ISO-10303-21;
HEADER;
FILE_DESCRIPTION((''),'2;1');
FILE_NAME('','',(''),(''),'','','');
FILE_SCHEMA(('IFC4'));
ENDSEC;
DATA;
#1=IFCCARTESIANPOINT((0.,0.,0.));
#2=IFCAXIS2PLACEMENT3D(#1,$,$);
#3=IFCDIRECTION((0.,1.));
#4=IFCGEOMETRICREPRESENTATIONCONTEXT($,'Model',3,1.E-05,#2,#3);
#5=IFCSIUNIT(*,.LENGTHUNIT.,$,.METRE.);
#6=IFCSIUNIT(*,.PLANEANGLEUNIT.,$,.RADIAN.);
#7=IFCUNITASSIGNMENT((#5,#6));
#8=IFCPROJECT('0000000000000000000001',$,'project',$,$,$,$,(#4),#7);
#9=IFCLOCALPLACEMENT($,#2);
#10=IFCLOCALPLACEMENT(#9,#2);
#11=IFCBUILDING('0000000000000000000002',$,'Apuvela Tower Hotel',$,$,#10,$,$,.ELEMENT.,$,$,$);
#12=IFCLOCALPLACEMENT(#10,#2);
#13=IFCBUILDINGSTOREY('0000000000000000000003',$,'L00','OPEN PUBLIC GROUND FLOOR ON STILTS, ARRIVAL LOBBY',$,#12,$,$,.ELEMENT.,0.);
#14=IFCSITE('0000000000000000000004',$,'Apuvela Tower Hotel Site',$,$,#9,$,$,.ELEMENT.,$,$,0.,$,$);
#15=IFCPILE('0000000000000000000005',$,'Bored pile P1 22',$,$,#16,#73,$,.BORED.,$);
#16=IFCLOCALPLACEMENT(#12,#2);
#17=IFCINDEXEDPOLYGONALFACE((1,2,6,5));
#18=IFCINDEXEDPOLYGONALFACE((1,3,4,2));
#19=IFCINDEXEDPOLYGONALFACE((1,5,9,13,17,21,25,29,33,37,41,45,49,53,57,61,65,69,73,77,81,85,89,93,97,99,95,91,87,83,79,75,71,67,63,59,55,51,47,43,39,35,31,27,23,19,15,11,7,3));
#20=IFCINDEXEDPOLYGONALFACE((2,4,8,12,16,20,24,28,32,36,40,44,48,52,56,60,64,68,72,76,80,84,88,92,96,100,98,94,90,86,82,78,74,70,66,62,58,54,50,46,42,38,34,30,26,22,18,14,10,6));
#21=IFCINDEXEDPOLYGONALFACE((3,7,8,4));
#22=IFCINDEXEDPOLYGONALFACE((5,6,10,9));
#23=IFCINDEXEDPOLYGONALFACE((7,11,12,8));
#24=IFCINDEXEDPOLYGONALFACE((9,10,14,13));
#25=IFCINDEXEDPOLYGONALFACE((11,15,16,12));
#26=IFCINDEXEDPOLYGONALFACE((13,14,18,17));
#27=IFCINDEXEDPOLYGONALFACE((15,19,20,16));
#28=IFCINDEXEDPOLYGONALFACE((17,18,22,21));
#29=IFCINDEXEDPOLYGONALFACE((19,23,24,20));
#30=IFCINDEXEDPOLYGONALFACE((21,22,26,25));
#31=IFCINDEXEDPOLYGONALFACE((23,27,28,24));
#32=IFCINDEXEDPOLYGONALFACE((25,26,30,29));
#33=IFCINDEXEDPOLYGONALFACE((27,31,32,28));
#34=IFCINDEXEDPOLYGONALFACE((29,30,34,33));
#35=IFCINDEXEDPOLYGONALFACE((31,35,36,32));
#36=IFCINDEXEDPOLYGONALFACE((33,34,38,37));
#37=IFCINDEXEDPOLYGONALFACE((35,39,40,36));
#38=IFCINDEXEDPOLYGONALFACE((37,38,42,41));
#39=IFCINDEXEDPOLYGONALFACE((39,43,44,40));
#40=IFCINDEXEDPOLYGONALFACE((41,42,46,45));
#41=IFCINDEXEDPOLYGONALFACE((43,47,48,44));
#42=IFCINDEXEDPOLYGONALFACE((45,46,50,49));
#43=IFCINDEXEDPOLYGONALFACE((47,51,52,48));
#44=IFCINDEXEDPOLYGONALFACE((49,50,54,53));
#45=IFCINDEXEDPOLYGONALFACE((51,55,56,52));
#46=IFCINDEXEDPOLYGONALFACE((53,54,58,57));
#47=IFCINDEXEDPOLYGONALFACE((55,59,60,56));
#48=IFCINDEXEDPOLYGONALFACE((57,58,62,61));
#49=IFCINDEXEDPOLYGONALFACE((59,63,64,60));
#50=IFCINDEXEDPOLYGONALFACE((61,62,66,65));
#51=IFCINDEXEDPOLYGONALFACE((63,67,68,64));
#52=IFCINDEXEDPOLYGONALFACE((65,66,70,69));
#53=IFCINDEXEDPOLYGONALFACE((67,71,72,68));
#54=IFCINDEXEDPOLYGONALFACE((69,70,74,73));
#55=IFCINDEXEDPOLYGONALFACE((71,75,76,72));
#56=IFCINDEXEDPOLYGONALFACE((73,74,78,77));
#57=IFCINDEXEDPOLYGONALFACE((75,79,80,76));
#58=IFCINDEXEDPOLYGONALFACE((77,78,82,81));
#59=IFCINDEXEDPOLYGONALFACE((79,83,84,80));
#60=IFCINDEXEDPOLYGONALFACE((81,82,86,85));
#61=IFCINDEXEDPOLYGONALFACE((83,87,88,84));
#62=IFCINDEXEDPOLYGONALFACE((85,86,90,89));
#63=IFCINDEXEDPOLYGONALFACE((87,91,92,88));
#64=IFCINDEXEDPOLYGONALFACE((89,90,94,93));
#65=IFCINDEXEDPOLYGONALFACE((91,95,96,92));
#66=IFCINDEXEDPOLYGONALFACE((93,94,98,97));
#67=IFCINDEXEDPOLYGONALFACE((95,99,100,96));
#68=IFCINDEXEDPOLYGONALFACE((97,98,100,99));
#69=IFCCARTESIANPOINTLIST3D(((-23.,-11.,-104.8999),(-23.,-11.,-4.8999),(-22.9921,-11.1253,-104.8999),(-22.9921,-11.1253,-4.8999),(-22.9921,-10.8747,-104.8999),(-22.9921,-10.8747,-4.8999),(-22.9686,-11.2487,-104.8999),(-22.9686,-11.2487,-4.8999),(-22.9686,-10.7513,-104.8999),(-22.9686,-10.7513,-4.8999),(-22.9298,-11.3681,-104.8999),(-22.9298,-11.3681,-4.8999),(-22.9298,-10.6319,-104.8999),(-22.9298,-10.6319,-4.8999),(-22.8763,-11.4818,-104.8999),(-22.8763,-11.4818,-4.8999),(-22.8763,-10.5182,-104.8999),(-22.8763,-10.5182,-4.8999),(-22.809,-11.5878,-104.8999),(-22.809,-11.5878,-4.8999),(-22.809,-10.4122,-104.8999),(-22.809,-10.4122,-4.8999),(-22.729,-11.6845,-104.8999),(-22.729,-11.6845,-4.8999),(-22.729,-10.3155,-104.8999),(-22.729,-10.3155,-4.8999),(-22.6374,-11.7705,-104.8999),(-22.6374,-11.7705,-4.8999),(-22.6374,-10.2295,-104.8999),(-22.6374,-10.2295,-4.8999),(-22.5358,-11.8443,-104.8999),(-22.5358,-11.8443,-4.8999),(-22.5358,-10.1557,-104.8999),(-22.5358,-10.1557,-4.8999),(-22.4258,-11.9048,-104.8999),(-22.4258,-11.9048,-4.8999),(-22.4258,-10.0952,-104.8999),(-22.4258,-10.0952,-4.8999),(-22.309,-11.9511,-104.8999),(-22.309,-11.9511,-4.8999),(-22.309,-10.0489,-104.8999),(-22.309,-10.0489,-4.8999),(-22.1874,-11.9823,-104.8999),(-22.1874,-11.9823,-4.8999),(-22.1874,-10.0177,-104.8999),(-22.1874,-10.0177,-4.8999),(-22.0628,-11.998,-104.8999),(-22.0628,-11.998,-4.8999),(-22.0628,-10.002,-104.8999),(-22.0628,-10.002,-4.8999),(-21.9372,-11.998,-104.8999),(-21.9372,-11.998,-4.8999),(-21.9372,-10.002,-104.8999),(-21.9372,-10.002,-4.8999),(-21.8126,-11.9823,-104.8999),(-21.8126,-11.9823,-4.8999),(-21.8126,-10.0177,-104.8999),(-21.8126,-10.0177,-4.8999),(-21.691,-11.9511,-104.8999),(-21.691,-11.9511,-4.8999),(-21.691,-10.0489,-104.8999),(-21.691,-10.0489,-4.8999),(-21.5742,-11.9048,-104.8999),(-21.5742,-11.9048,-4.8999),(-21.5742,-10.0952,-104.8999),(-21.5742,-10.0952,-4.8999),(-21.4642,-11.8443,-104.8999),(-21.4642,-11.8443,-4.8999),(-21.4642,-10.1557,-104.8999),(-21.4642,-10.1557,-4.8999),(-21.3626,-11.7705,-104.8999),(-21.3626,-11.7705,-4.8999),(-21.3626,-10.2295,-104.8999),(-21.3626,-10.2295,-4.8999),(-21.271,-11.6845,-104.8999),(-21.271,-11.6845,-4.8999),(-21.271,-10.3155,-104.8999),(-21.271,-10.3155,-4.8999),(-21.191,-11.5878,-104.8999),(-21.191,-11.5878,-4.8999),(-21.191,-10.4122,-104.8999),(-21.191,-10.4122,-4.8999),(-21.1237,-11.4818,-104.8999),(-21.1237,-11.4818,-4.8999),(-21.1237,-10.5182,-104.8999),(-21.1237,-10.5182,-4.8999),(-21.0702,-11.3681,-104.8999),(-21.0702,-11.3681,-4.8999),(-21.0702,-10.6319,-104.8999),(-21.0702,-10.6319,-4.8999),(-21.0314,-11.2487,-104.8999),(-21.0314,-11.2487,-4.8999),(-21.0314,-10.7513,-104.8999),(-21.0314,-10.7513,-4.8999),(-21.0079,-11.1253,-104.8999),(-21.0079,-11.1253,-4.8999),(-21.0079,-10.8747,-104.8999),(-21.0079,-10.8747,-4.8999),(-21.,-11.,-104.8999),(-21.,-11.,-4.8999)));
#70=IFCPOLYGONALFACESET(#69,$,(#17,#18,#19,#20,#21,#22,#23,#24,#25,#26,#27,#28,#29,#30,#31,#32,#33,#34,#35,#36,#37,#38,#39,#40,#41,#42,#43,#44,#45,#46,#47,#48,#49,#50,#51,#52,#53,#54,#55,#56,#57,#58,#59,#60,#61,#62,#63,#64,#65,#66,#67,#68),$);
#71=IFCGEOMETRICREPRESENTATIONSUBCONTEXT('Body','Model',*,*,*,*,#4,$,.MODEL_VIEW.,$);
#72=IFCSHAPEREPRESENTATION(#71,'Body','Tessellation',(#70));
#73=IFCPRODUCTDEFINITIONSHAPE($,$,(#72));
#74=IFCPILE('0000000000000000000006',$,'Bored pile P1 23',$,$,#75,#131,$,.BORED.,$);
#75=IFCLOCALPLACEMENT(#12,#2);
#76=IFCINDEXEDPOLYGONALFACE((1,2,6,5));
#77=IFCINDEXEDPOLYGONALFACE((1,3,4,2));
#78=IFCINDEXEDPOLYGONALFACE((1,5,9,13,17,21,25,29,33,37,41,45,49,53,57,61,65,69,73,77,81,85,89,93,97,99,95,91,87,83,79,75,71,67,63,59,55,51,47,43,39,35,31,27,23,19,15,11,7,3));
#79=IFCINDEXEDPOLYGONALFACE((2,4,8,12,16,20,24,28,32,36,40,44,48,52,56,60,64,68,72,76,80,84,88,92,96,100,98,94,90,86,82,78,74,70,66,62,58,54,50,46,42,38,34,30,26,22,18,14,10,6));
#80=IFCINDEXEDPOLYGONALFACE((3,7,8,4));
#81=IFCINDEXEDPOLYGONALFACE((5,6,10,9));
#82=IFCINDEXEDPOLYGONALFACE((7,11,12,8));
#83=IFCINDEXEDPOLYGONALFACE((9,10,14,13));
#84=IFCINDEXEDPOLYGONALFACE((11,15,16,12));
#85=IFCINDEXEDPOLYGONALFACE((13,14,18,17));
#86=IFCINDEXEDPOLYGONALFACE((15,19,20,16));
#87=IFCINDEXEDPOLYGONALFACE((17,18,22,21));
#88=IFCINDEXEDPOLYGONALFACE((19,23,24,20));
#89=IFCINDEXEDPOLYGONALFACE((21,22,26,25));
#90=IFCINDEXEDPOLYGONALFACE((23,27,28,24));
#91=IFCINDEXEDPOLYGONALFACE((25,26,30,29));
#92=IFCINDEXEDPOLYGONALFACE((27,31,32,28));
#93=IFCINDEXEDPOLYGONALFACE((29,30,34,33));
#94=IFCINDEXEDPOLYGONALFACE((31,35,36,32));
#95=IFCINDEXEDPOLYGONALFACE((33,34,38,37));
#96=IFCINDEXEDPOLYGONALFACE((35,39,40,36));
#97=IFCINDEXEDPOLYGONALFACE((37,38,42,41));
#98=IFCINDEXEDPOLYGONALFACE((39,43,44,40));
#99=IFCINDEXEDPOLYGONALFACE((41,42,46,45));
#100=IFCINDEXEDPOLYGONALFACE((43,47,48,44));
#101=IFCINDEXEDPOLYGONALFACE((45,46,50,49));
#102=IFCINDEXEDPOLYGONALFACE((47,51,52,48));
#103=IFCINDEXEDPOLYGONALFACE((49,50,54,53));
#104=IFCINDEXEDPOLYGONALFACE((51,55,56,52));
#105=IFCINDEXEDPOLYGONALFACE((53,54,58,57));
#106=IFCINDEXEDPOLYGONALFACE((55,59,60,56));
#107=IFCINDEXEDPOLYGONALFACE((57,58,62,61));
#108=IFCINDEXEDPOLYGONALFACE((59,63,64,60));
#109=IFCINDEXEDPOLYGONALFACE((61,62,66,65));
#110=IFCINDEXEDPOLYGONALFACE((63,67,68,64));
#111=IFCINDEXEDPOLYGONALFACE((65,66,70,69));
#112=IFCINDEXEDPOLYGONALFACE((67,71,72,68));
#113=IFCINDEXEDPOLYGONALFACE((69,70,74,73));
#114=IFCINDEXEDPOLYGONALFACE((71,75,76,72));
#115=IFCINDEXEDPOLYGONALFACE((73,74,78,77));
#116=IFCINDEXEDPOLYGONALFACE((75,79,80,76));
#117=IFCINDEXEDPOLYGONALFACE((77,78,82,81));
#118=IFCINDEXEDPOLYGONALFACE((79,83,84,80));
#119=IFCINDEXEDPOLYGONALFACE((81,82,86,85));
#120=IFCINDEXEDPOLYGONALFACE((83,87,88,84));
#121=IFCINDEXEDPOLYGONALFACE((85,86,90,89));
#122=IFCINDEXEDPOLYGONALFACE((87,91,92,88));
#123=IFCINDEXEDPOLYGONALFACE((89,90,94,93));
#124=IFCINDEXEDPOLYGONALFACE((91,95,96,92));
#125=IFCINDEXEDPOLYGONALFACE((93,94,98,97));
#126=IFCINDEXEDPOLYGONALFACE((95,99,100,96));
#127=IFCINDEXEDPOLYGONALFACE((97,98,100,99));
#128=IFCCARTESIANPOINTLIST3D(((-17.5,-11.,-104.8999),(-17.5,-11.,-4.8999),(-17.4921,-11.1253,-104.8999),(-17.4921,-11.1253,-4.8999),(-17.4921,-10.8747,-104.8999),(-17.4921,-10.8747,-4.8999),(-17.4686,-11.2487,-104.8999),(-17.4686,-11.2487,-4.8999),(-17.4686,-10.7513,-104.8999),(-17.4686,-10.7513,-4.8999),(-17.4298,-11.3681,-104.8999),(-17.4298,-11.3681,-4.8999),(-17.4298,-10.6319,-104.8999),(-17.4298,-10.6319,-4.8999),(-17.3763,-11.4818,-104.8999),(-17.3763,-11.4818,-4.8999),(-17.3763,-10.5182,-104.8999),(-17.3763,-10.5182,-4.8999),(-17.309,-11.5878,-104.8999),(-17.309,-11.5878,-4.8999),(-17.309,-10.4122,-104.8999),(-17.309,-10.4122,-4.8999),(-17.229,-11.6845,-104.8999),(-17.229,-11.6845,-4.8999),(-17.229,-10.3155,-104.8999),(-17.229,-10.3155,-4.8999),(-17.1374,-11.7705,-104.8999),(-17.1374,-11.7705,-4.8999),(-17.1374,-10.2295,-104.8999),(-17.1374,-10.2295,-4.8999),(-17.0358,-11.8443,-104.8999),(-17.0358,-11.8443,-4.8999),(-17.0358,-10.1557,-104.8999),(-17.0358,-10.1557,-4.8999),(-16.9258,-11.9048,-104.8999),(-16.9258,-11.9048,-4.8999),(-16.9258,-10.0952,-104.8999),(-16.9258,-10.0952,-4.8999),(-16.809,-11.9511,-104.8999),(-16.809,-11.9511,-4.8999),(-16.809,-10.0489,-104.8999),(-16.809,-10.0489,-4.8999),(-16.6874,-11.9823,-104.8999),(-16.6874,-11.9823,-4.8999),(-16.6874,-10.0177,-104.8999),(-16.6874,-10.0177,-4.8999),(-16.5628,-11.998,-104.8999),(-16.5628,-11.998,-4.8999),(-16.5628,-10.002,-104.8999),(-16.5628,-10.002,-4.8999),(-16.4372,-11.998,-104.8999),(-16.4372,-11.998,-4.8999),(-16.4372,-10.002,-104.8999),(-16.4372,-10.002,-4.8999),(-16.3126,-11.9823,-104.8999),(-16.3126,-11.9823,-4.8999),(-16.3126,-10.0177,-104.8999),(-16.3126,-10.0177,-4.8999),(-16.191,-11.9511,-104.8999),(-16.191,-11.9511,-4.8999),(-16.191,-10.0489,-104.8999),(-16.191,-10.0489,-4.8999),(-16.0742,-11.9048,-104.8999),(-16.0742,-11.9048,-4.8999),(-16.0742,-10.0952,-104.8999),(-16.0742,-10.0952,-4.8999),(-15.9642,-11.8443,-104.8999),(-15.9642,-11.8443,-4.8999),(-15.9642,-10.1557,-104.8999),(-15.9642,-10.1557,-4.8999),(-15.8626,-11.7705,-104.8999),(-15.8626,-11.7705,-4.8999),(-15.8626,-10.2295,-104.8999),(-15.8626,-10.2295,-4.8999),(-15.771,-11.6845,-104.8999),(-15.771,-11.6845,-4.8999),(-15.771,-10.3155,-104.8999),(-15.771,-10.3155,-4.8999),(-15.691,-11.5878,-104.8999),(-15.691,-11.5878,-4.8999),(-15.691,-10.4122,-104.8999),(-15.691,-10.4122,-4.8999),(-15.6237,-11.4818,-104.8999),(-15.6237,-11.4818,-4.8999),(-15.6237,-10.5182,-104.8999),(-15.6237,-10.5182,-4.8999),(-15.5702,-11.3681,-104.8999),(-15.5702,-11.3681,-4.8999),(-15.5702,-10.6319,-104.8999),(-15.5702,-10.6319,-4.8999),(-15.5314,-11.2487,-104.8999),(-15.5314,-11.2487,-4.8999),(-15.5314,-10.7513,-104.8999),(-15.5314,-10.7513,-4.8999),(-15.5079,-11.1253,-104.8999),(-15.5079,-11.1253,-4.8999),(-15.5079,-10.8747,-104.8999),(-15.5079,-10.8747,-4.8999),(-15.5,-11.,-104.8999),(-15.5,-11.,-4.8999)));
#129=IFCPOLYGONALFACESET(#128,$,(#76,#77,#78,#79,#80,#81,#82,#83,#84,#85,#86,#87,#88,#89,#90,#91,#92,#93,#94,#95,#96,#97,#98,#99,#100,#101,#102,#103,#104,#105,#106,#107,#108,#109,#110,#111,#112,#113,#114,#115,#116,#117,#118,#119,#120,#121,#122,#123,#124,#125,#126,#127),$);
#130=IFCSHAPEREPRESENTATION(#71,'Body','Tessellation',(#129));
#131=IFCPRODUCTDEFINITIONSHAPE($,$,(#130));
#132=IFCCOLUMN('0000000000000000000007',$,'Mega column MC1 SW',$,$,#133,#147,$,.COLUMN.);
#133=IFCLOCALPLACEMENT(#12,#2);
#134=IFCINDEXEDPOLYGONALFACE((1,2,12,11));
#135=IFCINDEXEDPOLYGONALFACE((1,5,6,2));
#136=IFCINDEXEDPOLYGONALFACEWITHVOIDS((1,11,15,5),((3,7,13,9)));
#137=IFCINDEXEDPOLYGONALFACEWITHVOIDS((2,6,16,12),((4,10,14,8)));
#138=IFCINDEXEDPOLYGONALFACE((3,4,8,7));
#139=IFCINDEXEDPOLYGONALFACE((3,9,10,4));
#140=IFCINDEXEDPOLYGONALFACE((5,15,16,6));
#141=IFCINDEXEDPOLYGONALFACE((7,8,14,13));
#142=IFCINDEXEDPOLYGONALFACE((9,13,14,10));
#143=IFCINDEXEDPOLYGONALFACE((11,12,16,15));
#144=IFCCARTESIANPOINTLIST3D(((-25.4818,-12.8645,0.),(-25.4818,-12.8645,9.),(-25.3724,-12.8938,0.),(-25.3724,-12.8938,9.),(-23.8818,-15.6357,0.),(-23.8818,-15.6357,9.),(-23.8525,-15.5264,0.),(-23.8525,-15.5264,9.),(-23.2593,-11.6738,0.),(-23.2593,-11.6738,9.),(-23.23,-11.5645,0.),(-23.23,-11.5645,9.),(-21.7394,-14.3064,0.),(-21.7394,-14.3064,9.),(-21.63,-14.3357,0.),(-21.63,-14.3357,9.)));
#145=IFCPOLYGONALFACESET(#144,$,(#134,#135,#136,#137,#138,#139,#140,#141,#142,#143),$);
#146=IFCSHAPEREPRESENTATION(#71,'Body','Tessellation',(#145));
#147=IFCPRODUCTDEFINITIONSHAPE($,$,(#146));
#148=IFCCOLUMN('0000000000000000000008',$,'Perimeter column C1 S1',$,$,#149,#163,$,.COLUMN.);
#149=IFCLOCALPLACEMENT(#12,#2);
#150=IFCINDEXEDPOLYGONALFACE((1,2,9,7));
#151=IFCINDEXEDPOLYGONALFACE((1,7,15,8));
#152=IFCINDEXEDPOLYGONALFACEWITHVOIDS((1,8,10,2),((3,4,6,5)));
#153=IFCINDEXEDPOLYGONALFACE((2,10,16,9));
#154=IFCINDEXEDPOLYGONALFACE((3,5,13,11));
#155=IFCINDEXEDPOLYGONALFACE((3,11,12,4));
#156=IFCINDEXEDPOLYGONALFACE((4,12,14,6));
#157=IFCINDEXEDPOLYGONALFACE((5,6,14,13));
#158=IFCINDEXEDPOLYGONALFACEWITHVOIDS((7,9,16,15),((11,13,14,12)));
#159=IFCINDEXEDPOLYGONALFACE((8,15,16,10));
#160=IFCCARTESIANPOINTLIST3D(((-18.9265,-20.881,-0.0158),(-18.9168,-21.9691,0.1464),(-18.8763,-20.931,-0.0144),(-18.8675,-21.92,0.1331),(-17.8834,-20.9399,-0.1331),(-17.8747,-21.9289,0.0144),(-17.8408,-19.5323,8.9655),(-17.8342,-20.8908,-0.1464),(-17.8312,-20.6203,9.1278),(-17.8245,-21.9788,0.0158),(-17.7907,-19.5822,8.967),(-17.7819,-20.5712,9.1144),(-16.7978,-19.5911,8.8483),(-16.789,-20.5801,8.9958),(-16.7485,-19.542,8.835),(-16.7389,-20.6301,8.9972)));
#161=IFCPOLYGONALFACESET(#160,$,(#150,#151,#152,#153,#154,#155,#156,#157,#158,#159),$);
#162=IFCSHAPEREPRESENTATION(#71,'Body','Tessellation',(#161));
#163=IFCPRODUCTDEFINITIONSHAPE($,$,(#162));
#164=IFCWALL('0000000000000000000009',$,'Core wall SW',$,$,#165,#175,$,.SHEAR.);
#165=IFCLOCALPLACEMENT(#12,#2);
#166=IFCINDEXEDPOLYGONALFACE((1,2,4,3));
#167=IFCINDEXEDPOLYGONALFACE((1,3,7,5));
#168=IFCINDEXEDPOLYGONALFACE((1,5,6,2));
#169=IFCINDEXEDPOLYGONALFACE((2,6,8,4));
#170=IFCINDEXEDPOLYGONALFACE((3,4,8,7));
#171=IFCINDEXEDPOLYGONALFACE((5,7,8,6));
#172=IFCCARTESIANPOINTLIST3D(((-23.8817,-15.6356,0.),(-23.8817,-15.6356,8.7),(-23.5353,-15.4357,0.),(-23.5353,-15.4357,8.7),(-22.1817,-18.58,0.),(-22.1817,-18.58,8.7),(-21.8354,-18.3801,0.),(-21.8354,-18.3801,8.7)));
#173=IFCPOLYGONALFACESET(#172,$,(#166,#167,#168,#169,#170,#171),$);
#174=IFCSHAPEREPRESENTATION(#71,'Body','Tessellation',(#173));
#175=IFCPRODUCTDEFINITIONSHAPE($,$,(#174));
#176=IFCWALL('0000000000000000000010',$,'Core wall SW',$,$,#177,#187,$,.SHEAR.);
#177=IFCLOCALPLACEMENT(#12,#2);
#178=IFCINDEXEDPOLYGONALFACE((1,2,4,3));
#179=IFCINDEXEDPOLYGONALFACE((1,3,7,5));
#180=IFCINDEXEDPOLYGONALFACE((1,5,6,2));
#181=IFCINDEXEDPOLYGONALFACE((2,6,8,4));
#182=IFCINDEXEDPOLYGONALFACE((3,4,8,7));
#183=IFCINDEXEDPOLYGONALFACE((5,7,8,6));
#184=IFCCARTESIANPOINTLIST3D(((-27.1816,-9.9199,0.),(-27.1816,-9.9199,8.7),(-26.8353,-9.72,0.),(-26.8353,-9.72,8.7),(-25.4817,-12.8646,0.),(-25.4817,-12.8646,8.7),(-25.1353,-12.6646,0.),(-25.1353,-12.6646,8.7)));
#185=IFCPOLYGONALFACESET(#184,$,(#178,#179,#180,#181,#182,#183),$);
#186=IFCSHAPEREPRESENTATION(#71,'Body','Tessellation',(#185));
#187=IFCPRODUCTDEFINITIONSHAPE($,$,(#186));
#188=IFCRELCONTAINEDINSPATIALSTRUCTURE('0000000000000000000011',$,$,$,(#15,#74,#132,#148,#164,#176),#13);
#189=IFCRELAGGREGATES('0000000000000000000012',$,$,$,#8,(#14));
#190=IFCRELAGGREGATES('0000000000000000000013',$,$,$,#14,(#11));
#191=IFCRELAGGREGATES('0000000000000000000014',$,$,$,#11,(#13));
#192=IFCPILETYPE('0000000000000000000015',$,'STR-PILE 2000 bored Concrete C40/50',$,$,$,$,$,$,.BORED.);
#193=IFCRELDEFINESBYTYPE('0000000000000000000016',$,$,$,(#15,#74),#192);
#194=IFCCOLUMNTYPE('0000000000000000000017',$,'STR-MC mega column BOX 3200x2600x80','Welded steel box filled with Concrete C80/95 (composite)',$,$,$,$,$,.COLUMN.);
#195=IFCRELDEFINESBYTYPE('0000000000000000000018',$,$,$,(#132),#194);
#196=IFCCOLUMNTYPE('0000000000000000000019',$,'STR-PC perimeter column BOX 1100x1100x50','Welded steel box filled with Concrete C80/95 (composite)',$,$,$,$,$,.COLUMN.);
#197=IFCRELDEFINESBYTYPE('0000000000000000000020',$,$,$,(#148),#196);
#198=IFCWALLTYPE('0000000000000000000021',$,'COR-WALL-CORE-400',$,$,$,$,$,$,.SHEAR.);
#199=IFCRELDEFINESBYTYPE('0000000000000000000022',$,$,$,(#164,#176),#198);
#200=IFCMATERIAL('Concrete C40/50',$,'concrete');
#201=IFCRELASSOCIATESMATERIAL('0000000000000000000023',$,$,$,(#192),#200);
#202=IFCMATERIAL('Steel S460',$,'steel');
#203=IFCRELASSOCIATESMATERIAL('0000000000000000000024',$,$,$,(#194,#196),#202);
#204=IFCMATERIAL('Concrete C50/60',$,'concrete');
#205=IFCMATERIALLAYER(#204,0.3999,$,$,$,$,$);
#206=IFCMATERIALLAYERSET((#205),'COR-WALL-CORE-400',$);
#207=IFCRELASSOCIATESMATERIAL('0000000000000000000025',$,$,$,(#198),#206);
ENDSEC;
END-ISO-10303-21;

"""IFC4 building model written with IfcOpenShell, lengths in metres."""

from ifc_helpers import new_model, si_unit, direction, frame, frame_2d, origin, origin_2d, place, context, subcontext, project, spatial, rectangle, hollow_rectangle, circle, extrude, boolean, halfspace, material, layer, layer_set, material_profile, profile_set, type_object, element, save


model = new_model("IFC4")

# Units and contexts
model_context = context("Model", 3, precision=1e-05, world=origin(), true_north=direction((0.0, 1.0)))
body_context = subcontext(model_context, "Body", "Model", "MODEL_VIEW")
ifc_project = project(units=[si_unit("LENGTHUNIT", "METRE"), si_unit("PLANEANGLEUNIT", "RADIAN")], contexts=[model_context])

# Site, building, storey
site_placement = place(None, origin())
site = spatial("IfcSite", under=ifc_project, at=site_placement, Name="Apuvela Tower Hotel Site", CompositionType="ELEMENT", RefElevation=0.0)
building_placement = place(site_placement, origin())
building = spatial("IfcBuilding", under=site, at=building_placement, Name="Apuvela Tower Hotel", CompositionType="ELEMENT")
storey_placement = place(building_placement, origin())
storey = spatial("IfcBuildingStorey", under=building, at=storey_placement, Name="L00", Description="OPEN PUBLIC GROUND FLOOR ON STILTS, ARRIVAL LOBBY", CompositionType="ELEMENT", Elevation=0.0)

# Piles
ifc_material_1 = material(Name="Concrete C40/50", Category="concrete")
ifc_material_profile_1 = material_profile(ifc_material_1, circle(Radius=1.0, at=origin_2d()), Name="PILE 2000")
ifc_profile_set_1 = profile_set([ifc_material_profile_1], Name="Concrete C40/50")
pile_type = type_object("IfcPileType", Name="STR-PILE 2000 bored Concrete C40/50", PredefinedType="BORED", material=ifc_profile_set_1)
for number, where, z_axis, x_axis, name in (
    (1, (-22.0, -11.0, -4.8999), (0.0, 0.0, -1.0), (1.0, 0.0, 0.0), "Bored pile P1 22"),
    (2, (-16.5, -11.0, -4.8999), (0.0, 0.0, -1.0), (1.0, 0.0, 0.0), "Bored pile P1 23"),
):
    element("IfcPile", number, at=place(storey_placement, frame(where, z_axis=z_axis, x_axis=x_axis)), inside=storey, type_object=pile_type, Name=name, PredefinedType="BORED", context=body_context, shape_type="SweptSolid", body=[
        extrude(circle(Radius=1.0, at=origin_2d()), origin(), (0.0, 0.0, 1.0), 100.0),
    ])

# Columns
ifc_material_2 = material(Name="Steel S460", Category="steel")
ifc_material_profile_2 = material_profile(ifc_material_2, hollow_rectangle(XDim=3.2, YDim=2.6001, WallThickness=0.0801, at=origin_2d()), Name="BOX 3200x2600x80")
ifc_material_3 = material(Name="Concrete C80/95", Category="concrete")
ifc_material_profile_3 = material_profile(ifc_material_3, rectangle(XDim=3.04, YDim=2.4399, at=origin_2d()), Name="Concrete C80/95 infill")
ifc_profile_set_2 = profile_set([ifc_material_profile_2, ifc_material_profile_3], Name="Steel S460")
column_type_1 = type_object("IfcColumnType", Name="STR-MC mega column BOX 3200x2600x80", Description="Welded steel box filled with Concrete C80/95 (composite)", PredefinedType="COLUMN", material=ifc_profile_set_2)
column_1_placement = place(storey_placement, frame((-23.5559, -13.6001, 0.0), z_axis=(0.0, 0.0, 1.0), x_axis=(-0.5, 0.866025, 0.0)))
element("IfcColumn", 3, at=column_1_placement, inside=storey, type_object=column_type_1, Name="Mega column MC1 SW", PredefinedType="COLUMN", context=body_context, shape_type="SweptSolid", body=[
    extrude(hollow_rectangle(XDim=3.2, YDim=2.6001, WallThickness=0.0801, at=origin_2d()), origin(), (0.0, 0.0, 1.0), 9.0),
])
ifc_material_profile_4 = material_profile(ifc_material_2, hollow_rectangle(XDim=1.1001, YDim=1.1001, WallThickness=0.05, at=origin_2d()), Name="BOX 1100x1100x50")
ifc_material_profile_5 = material_profile(ifc_material_3, rectangle(XDim=1.0, YDim=1.0, at=origin_2d()), Name="Concrete C80/95 infill")
ifc_profile_set_3 = profile_set([ifc_material_profile_4, ifc_material_profile_5], Name="Steel S460")
column_type_2 = type_object("IfcColumnType", Name="STR-PC perimeter column BOX 1100x1100x50", Description="Welded steel box filled with Concrete C80/95 (composite)", PredefinedType="COLUMN", material=ifc_profile_set_3)
column_2_placement = place(storey_placement, frame((-18.3755, -21.4299, 0.0), z_axis=(0.118691, 0.147459, 0.981921), x_axis=(-0.992892, 0.008884, 0.118684)))
element("IfcColumn", 4, at=column_2_placement, inside=storey, type_object=column_type_2, Name="Perimeter column C1 S1", PredefinedType="COLUMN", context=body_context, shape_type="SweptSolid", body=[
    boolean("DIFFERENCE", extrude(hollow_rectangle(XDim=1.1001, YDim=1.1001, WallThickness=0.05, at=origin_2d()), origin(), (0.0, 0.0, 1.0), 9.1658), halfspace(frame((0.0, 0.0, 9.1467), z_axis=(0.0, 0.0, 1.0), x_axis=(1.0, 0.0, 0.0)), False)),
])

# Walls
ifc_material_4 = material(Name="Concrete C50/60", Category="concrete")
ifc_layer_1 = layer(ifc_material_4, 0.3999)
ifc_layer_set_1 = layer_set([ifc_layer_1], Name="COR-WALL-CORE-400")
wall_type_1 = type_object("IfcWallType", Name="COR-WALL-CORE-400", PredefinedType="SHEAR", material=ifc_layer_set_1)
wall_1_placement = place(storey_placement, frame((-23.7085, -15.5356, 0.0), z_axis=(0.0, 0.0, 1.0), x_axis=(0.500008, -0.866021, 0.0)))
element("IfcWall", 5, at=wall_1_placement, inside=storey, type_object=wall_type_1, Name="Core wall SW", PredefinedType="SHEAR", context=body_context, shape_type="SweptSolid", body=[
    extrude(rectangle(XDim=3.3999, YDim=0.3999, at=frame_2d((1.7, 0.0))), origin(), (0.0, 0.0, 1.0), 8.7),
])
wall_2_placement = place(storey_placement, frame((-27.0085, -9.8198, 0.0), z_axis=(0.0, 0.0, 1.0), x_axis=(0.499977, -0.866039, 0.0)))
element("IfcWall", 6, at=wall_2_placement, inside=storey, type_object=wall_type_1, Name="Core wall SW", PredefinedType="SHEAR", context=body_context, shape_type="SweptSolid", body=[
    extrude(rectangle(XDim=3.4001, YDim=0.3999, at=frame_2d((1.7002, 0.0))), origin(), (0.0, 0.0, 1.0), 8.7),
])

save(model, "model.ifc")
